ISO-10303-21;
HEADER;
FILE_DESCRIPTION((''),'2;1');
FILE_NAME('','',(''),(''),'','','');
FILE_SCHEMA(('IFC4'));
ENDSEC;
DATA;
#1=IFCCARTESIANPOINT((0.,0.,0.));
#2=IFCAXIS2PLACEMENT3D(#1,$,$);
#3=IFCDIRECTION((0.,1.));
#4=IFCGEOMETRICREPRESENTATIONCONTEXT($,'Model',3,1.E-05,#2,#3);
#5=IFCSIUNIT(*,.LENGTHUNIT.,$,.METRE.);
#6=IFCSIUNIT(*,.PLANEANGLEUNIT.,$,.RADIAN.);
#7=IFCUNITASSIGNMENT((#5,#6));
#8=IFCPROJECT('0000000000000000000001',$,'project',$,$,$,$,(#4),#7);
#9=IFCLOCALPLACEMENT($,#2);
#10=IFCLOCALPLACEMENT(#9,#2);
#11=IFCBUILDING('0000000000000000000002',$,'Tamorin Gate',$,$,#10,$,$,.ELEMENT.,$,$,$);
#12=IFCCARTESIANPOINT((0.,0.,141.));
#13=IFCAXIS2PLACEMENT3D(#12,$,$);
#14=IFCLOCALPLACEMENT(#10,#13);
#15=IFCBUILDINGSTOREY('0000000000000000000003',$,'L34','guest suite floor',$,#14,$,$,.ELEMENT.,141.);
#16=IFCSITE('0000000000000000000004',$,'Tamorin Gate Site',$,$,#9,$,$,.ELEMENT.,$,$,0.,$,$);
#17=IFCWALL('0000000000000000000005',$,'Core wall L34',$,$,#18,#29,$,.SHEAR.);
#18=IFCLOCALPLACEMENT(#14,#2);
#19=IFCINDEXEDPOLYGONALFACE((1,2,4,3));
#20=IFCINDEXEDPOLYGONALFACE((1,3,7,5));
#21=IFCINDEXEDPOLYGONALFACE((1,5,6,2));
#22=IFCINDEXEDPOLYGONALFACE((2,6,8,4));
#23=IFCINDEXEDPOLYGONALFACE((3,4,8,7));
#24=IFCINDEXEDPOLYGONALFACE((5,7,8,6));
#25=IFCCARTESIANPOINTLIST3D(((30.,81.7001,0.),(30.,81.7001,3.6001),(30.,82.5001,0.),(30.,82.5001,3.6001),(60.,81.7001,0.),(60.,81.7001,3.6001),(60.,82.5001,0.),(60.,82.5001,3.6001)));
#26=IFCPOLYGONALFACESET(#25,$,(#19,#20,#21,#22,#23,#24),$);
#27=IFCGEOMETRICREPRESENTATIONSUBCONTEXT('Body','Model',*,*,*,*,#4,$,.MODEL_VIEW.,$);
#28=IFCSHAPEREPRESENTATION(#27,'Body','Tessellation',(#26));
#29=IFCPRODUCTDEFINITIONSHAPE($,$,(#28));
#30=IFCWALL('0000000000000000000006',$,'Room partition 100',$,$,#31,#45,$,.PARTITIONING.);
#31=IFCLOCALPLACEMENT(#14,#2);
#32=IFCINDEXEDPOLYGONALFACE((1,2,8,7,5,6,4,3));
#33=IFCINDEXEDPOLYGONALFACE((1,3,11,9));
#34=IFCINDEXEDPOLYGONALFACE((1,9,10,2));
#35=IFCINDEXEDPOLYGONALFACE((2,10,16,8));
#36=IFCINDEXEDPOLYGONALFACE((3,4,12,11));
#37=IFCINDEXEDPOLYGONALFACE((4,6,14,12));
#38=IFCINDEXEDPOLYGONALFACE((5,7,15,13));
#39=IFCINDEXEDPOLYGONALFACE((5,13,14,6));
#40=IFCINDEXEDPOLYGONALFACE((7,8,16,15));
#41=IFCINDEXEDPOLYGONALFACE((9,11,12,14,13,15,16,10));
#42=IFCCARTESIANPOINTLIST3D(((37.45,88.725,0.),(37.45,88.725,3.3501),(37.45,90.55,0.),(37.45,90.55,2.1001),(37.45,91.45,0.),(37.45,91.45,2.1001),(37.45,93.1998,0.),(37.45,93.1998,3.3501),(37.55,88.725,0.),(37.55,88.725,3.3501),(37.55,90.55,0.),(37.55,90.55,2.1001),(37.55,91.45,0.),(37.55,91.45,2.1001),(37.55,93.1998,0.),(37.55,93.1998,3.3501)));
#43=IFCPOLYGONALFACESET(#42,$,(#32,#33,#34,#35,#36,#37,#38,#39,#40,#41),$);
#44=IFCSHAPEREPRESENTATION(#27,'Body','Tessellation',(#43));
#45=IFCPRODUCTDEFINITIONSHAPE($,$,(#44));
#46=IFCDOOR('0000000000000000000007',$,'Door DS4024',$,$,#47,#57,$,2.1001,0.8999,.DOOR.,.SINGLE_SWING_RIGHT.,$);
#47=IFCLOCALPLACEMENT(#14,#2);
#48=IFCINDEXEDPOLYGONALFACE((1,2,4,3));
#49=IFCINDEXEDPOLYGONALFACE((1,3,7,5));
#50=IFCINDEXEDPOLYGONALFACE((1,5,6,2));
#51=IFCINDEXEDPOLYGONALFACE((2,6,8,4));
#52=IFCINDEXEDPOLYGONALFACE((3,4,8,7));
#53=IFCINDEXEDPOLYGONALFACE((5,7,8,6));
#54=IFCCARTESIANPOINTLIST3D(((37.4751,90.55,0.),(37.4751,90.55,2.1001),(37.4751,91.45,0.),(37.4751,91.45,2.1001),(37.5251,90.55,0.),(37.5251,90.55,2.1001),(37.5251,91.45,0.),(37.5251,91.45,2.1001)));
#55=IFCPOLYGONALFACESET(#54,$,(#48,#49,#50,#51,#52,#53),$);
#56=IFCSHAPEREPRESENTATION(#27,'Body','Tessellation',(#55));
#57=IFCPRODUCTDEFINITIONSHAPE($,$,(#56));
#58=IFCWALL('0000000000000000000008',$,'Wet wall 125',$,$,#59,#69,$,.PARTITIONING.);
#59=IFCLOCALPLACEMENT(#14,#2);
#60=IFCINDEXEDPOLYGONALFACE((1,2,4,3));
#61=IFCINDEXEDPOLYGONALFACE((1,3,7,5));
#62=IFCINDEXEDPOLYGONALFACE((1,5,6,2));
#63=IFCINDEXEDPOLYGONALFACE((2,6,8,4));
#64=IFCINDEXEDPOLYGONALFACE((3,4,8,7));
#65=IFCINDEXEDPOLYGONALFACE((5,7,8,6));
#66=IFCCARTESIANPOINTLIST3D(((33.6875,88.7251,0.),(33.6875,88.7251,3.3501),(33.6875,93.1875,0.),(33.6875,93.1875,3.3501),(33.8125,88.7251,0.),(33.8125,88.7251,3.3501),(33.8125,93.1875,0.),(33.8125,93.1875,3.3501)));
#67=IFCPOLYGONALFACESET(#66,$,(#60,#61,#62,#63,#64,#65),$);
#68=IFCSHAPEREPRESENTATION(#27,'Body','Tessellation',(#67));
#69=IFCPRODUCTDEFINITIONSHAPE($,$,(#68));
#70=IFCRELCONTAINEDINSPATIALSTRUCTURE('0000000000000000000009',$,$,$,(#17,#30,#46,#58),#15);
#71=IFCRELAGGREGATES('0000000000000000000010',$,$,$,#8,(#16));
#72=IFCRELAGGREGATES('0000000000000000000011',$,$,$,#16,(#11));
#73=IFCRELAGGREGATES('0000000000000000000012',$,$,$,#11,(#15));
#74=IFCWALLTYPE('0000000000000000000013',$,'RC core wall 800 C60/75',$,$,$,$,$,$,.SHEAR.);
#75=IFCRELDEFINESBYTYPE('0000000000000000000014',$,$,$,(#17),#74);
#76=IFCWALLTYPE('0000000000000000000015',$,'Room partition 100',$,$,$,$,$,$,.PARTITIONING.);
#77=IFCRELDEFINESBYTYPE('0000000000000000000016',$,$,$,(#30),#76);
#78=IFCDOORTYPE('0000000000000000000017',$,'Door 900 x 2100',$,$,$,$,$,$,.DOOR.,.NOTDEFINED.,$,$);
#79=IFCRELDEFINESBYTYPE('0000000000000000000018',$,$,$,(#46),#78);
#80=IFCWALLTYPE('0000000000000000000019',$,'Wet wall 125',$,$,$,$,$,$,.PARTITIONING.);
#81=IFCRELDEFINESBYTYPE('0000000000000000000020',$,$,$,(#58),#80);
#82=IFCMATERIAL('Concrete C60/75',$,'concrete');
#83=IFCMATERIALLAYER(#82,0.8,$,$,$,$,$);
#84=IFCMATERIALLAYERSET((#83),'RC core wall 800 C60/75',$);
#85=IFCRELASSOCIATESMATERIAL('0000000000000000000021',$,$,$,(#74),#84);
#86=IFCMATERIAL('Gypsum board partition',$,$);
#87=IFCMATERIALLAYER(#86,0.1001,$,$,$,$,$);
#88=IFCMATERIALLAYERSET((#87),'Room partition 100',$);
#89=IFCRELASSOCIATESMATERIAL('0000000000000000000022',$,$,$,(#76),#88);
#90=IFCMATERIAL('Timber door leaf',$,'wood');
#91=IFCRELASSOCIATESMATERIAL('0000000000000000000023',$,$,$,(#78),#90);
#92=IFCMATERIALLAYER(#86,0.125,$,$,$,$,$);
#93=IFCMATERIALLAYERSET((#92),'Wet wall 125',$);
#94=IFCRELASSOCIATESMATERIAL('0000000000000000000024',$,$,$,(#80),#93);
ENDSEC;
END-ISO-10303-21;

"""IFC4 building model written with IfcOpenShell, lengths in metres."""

from ifc_helpers import new_model, si_unit, direction, frame, frame_2d, origin, place, context, subcontext, project, spatial, rectangle, extrude, material, layer, layer_set, type_object, element, fill, save


model = new_model("IFC4")

# Units and contexts
model_context = context("Model", 3, precision=1e-05, world=origin(), true_north=direction((0.0, 1.0)))
body_context = subcontext(model_context, "Body", "Model", "MODEL_VIEW")
ifc_project = project(units=[si_unit("LENGTHUNIT", "METRE"), si_unit("PLANEANGLEUNIT", "RADIAN")], contexts=[model_context])

# Site, building, storey
site_placement = place(None, origin())
site = spatial("IfcSite", under=ifc_project, at=site_placement, Name="Tamorin Gate Site", CompositionType="ELEMENT", RefElevation=0.0)
building_placement = place(site_placement, origin())
building = spatial("IfcBuilding", under=site, at=building_placement, Name="Tamorin Gate", CompositionType="ELEMENT")
storey_placement = place(building_placement, frame((0.0, 0.0, 141.0)))
storey = spatial("IfcBuildingStorey", under=building, at=storey_placement, Name="L34", Description="guest suite floor", CompositionType="ELEMENT", Elevation=141.0)

# Shared definitions
ifc_material_1 = material(Name="Gypsum board partition")
ifc_material_2 = material(Name="Timber door leaf", Category="wood")

# Wall
ifc_material_3 = material(Name="Concrete C60/75", Category="concrete")
ifc_layer_1 = layer(ifc_material_3, 0.8)
ifc_layer_set_1 = layer_set([ifc_layer_1], Name="RC core wall 800 C60/75")
wall_type_1 = type_object("IfcWallType", Name="RC core wall 800 C60/75", PredefinedType="SHEAR", material=ifc_layer_set_1)
wall_1_placement = place(storey_placement, frame((30.0, 82.1001, 0.0), z_axis=(0.0, 0.0, 1.0), x_axis=(1.0, 0.0, 0.0)))
element("IfcWall", 1, at=wall_1_placement, inside=storey, type_object=wall_type_1, Name="Core wall L34", PredefinedType="SHEAR", context=body_context, shape_type="SweptSolid", body=[
    extrude(rectangle(XDim=30.0, YDim=0.8, at=frame_2d((15.0, 0.0))), origin(), (0.0, 0.0, 1.0), 3.6001),
])

# Wall, opening, door
ifc_layer_2 = layer(ifc_material_1, 0.1001)
ifc_layer_set_2 = layer_set([ifc_layer_2], Name="Room partition 100")
wall_type_2 = type_object("IfcWallType", Name="Room partition 100", PredefinedType="PARTITIONING", material=ifc_layer_set_2)
wall_2_placement = place(storey_placement, frame((37.5, 88.7251, 0.0), z_axis=(0.0, 0.0, 1.0), x_axis=(0.0, 1.0, 0.0)))
wall_2 = element("IfcWall", 2, at=wall_2_placement, inside=storey, type_object=wall_type_2, Name="Room partition 100", PredefinedType="PARTITIONING", context=body_context, shape_type="SweptSolid", body=[
    extrude(rectangle(XDim=4.4749, YDim=0.1001, at=frame_2d((2.2373, 0.0))), origin(), (0.0, 0.0, 1.0), 3.3501),
])
opening_1_placement = place(wall_2_placement, frame((1.825, 0.0, 0.0)))
opening_1 = element("IfcOpeningElement", 3, at=opening_1_placement, cuts=wall_2, PredefinedType="OPENING", context=body_context, shape_type="SweptSolid", body=[
    extrude(rectangle(XDim=0.8999, YDim=2.1001, at=frame_2d((0.45, 1.05))), frame((0.0, 0.0601, 0.0), z_axis=(0.0, -1.0, 0.0), x_axis=(1.0, 0.0, 0.0)), (0.0, 0.0, 1.0), 0.1201),
])
door_type_1 = type_object("IfcDoorType", Name="Door 900 x 2100", OperationType="NOTDEFINED", PredefinedType="DOOR", material=ifc_material_2)
door_1_placement = place(opening_1_placement, origin())
door_1 = element("IfcDoor", 4, at=door_1_placement, inside=storey, type_object=door_type_1, Name="Door DS4024", OperationType="SINGLE_SWING_RIGHT", OverallHeight=2.1001, OverallWidth=0.8999, PredefinedType="DOOR", context=body_context, shape_type="SweptSolid", body=[
    extrude(rectangle(XDim=0.8999, YDim=2.1001, at=frame_2d((0.45, 1.05))), frame((0.0, 0.0249, 0.0), z_axis=(0.0, -1.0, 0.0), x_axis=(1.0, 0.0, 0.0)), (0.0, 0.0, 1.0), 0.05),
])
fill(opening_1, door_1)

# Wall
ifc_layer_3 = layer(ifc_material_1, 0.125)
ifc_layer_set_3 = layer_set([ifc_layer_3], Name="Wet wall 125")
wall_type_3 = type_object("IfcWallType", Name="Wet wall 125", PredefinedType="PARTITIONING", material=ifc_layer_set_3)
wall_3_placement = place(storey_placement, frame((33.75, 88.7251, 0.0), z_axis=(0.0, 0.0, 1.0), x_axis=(0.0, 1.0, 0.0)))
element("IfcWall", 5, at=wall_3_placement, inside=storey, type_object=wall_type_3, Name="Wet wall 125", PredefinedType="PARTITIONING", context=body_context, shape_type="SweptSolid", body=[
    extrude(rectangle(XDim=4.4624, YDim=0.125, at=frame_2d((2.2312, 0.0))), origin(), (0.0, 0.0, 1.0), 3.3501),
])

save(model, "model.ifc")
